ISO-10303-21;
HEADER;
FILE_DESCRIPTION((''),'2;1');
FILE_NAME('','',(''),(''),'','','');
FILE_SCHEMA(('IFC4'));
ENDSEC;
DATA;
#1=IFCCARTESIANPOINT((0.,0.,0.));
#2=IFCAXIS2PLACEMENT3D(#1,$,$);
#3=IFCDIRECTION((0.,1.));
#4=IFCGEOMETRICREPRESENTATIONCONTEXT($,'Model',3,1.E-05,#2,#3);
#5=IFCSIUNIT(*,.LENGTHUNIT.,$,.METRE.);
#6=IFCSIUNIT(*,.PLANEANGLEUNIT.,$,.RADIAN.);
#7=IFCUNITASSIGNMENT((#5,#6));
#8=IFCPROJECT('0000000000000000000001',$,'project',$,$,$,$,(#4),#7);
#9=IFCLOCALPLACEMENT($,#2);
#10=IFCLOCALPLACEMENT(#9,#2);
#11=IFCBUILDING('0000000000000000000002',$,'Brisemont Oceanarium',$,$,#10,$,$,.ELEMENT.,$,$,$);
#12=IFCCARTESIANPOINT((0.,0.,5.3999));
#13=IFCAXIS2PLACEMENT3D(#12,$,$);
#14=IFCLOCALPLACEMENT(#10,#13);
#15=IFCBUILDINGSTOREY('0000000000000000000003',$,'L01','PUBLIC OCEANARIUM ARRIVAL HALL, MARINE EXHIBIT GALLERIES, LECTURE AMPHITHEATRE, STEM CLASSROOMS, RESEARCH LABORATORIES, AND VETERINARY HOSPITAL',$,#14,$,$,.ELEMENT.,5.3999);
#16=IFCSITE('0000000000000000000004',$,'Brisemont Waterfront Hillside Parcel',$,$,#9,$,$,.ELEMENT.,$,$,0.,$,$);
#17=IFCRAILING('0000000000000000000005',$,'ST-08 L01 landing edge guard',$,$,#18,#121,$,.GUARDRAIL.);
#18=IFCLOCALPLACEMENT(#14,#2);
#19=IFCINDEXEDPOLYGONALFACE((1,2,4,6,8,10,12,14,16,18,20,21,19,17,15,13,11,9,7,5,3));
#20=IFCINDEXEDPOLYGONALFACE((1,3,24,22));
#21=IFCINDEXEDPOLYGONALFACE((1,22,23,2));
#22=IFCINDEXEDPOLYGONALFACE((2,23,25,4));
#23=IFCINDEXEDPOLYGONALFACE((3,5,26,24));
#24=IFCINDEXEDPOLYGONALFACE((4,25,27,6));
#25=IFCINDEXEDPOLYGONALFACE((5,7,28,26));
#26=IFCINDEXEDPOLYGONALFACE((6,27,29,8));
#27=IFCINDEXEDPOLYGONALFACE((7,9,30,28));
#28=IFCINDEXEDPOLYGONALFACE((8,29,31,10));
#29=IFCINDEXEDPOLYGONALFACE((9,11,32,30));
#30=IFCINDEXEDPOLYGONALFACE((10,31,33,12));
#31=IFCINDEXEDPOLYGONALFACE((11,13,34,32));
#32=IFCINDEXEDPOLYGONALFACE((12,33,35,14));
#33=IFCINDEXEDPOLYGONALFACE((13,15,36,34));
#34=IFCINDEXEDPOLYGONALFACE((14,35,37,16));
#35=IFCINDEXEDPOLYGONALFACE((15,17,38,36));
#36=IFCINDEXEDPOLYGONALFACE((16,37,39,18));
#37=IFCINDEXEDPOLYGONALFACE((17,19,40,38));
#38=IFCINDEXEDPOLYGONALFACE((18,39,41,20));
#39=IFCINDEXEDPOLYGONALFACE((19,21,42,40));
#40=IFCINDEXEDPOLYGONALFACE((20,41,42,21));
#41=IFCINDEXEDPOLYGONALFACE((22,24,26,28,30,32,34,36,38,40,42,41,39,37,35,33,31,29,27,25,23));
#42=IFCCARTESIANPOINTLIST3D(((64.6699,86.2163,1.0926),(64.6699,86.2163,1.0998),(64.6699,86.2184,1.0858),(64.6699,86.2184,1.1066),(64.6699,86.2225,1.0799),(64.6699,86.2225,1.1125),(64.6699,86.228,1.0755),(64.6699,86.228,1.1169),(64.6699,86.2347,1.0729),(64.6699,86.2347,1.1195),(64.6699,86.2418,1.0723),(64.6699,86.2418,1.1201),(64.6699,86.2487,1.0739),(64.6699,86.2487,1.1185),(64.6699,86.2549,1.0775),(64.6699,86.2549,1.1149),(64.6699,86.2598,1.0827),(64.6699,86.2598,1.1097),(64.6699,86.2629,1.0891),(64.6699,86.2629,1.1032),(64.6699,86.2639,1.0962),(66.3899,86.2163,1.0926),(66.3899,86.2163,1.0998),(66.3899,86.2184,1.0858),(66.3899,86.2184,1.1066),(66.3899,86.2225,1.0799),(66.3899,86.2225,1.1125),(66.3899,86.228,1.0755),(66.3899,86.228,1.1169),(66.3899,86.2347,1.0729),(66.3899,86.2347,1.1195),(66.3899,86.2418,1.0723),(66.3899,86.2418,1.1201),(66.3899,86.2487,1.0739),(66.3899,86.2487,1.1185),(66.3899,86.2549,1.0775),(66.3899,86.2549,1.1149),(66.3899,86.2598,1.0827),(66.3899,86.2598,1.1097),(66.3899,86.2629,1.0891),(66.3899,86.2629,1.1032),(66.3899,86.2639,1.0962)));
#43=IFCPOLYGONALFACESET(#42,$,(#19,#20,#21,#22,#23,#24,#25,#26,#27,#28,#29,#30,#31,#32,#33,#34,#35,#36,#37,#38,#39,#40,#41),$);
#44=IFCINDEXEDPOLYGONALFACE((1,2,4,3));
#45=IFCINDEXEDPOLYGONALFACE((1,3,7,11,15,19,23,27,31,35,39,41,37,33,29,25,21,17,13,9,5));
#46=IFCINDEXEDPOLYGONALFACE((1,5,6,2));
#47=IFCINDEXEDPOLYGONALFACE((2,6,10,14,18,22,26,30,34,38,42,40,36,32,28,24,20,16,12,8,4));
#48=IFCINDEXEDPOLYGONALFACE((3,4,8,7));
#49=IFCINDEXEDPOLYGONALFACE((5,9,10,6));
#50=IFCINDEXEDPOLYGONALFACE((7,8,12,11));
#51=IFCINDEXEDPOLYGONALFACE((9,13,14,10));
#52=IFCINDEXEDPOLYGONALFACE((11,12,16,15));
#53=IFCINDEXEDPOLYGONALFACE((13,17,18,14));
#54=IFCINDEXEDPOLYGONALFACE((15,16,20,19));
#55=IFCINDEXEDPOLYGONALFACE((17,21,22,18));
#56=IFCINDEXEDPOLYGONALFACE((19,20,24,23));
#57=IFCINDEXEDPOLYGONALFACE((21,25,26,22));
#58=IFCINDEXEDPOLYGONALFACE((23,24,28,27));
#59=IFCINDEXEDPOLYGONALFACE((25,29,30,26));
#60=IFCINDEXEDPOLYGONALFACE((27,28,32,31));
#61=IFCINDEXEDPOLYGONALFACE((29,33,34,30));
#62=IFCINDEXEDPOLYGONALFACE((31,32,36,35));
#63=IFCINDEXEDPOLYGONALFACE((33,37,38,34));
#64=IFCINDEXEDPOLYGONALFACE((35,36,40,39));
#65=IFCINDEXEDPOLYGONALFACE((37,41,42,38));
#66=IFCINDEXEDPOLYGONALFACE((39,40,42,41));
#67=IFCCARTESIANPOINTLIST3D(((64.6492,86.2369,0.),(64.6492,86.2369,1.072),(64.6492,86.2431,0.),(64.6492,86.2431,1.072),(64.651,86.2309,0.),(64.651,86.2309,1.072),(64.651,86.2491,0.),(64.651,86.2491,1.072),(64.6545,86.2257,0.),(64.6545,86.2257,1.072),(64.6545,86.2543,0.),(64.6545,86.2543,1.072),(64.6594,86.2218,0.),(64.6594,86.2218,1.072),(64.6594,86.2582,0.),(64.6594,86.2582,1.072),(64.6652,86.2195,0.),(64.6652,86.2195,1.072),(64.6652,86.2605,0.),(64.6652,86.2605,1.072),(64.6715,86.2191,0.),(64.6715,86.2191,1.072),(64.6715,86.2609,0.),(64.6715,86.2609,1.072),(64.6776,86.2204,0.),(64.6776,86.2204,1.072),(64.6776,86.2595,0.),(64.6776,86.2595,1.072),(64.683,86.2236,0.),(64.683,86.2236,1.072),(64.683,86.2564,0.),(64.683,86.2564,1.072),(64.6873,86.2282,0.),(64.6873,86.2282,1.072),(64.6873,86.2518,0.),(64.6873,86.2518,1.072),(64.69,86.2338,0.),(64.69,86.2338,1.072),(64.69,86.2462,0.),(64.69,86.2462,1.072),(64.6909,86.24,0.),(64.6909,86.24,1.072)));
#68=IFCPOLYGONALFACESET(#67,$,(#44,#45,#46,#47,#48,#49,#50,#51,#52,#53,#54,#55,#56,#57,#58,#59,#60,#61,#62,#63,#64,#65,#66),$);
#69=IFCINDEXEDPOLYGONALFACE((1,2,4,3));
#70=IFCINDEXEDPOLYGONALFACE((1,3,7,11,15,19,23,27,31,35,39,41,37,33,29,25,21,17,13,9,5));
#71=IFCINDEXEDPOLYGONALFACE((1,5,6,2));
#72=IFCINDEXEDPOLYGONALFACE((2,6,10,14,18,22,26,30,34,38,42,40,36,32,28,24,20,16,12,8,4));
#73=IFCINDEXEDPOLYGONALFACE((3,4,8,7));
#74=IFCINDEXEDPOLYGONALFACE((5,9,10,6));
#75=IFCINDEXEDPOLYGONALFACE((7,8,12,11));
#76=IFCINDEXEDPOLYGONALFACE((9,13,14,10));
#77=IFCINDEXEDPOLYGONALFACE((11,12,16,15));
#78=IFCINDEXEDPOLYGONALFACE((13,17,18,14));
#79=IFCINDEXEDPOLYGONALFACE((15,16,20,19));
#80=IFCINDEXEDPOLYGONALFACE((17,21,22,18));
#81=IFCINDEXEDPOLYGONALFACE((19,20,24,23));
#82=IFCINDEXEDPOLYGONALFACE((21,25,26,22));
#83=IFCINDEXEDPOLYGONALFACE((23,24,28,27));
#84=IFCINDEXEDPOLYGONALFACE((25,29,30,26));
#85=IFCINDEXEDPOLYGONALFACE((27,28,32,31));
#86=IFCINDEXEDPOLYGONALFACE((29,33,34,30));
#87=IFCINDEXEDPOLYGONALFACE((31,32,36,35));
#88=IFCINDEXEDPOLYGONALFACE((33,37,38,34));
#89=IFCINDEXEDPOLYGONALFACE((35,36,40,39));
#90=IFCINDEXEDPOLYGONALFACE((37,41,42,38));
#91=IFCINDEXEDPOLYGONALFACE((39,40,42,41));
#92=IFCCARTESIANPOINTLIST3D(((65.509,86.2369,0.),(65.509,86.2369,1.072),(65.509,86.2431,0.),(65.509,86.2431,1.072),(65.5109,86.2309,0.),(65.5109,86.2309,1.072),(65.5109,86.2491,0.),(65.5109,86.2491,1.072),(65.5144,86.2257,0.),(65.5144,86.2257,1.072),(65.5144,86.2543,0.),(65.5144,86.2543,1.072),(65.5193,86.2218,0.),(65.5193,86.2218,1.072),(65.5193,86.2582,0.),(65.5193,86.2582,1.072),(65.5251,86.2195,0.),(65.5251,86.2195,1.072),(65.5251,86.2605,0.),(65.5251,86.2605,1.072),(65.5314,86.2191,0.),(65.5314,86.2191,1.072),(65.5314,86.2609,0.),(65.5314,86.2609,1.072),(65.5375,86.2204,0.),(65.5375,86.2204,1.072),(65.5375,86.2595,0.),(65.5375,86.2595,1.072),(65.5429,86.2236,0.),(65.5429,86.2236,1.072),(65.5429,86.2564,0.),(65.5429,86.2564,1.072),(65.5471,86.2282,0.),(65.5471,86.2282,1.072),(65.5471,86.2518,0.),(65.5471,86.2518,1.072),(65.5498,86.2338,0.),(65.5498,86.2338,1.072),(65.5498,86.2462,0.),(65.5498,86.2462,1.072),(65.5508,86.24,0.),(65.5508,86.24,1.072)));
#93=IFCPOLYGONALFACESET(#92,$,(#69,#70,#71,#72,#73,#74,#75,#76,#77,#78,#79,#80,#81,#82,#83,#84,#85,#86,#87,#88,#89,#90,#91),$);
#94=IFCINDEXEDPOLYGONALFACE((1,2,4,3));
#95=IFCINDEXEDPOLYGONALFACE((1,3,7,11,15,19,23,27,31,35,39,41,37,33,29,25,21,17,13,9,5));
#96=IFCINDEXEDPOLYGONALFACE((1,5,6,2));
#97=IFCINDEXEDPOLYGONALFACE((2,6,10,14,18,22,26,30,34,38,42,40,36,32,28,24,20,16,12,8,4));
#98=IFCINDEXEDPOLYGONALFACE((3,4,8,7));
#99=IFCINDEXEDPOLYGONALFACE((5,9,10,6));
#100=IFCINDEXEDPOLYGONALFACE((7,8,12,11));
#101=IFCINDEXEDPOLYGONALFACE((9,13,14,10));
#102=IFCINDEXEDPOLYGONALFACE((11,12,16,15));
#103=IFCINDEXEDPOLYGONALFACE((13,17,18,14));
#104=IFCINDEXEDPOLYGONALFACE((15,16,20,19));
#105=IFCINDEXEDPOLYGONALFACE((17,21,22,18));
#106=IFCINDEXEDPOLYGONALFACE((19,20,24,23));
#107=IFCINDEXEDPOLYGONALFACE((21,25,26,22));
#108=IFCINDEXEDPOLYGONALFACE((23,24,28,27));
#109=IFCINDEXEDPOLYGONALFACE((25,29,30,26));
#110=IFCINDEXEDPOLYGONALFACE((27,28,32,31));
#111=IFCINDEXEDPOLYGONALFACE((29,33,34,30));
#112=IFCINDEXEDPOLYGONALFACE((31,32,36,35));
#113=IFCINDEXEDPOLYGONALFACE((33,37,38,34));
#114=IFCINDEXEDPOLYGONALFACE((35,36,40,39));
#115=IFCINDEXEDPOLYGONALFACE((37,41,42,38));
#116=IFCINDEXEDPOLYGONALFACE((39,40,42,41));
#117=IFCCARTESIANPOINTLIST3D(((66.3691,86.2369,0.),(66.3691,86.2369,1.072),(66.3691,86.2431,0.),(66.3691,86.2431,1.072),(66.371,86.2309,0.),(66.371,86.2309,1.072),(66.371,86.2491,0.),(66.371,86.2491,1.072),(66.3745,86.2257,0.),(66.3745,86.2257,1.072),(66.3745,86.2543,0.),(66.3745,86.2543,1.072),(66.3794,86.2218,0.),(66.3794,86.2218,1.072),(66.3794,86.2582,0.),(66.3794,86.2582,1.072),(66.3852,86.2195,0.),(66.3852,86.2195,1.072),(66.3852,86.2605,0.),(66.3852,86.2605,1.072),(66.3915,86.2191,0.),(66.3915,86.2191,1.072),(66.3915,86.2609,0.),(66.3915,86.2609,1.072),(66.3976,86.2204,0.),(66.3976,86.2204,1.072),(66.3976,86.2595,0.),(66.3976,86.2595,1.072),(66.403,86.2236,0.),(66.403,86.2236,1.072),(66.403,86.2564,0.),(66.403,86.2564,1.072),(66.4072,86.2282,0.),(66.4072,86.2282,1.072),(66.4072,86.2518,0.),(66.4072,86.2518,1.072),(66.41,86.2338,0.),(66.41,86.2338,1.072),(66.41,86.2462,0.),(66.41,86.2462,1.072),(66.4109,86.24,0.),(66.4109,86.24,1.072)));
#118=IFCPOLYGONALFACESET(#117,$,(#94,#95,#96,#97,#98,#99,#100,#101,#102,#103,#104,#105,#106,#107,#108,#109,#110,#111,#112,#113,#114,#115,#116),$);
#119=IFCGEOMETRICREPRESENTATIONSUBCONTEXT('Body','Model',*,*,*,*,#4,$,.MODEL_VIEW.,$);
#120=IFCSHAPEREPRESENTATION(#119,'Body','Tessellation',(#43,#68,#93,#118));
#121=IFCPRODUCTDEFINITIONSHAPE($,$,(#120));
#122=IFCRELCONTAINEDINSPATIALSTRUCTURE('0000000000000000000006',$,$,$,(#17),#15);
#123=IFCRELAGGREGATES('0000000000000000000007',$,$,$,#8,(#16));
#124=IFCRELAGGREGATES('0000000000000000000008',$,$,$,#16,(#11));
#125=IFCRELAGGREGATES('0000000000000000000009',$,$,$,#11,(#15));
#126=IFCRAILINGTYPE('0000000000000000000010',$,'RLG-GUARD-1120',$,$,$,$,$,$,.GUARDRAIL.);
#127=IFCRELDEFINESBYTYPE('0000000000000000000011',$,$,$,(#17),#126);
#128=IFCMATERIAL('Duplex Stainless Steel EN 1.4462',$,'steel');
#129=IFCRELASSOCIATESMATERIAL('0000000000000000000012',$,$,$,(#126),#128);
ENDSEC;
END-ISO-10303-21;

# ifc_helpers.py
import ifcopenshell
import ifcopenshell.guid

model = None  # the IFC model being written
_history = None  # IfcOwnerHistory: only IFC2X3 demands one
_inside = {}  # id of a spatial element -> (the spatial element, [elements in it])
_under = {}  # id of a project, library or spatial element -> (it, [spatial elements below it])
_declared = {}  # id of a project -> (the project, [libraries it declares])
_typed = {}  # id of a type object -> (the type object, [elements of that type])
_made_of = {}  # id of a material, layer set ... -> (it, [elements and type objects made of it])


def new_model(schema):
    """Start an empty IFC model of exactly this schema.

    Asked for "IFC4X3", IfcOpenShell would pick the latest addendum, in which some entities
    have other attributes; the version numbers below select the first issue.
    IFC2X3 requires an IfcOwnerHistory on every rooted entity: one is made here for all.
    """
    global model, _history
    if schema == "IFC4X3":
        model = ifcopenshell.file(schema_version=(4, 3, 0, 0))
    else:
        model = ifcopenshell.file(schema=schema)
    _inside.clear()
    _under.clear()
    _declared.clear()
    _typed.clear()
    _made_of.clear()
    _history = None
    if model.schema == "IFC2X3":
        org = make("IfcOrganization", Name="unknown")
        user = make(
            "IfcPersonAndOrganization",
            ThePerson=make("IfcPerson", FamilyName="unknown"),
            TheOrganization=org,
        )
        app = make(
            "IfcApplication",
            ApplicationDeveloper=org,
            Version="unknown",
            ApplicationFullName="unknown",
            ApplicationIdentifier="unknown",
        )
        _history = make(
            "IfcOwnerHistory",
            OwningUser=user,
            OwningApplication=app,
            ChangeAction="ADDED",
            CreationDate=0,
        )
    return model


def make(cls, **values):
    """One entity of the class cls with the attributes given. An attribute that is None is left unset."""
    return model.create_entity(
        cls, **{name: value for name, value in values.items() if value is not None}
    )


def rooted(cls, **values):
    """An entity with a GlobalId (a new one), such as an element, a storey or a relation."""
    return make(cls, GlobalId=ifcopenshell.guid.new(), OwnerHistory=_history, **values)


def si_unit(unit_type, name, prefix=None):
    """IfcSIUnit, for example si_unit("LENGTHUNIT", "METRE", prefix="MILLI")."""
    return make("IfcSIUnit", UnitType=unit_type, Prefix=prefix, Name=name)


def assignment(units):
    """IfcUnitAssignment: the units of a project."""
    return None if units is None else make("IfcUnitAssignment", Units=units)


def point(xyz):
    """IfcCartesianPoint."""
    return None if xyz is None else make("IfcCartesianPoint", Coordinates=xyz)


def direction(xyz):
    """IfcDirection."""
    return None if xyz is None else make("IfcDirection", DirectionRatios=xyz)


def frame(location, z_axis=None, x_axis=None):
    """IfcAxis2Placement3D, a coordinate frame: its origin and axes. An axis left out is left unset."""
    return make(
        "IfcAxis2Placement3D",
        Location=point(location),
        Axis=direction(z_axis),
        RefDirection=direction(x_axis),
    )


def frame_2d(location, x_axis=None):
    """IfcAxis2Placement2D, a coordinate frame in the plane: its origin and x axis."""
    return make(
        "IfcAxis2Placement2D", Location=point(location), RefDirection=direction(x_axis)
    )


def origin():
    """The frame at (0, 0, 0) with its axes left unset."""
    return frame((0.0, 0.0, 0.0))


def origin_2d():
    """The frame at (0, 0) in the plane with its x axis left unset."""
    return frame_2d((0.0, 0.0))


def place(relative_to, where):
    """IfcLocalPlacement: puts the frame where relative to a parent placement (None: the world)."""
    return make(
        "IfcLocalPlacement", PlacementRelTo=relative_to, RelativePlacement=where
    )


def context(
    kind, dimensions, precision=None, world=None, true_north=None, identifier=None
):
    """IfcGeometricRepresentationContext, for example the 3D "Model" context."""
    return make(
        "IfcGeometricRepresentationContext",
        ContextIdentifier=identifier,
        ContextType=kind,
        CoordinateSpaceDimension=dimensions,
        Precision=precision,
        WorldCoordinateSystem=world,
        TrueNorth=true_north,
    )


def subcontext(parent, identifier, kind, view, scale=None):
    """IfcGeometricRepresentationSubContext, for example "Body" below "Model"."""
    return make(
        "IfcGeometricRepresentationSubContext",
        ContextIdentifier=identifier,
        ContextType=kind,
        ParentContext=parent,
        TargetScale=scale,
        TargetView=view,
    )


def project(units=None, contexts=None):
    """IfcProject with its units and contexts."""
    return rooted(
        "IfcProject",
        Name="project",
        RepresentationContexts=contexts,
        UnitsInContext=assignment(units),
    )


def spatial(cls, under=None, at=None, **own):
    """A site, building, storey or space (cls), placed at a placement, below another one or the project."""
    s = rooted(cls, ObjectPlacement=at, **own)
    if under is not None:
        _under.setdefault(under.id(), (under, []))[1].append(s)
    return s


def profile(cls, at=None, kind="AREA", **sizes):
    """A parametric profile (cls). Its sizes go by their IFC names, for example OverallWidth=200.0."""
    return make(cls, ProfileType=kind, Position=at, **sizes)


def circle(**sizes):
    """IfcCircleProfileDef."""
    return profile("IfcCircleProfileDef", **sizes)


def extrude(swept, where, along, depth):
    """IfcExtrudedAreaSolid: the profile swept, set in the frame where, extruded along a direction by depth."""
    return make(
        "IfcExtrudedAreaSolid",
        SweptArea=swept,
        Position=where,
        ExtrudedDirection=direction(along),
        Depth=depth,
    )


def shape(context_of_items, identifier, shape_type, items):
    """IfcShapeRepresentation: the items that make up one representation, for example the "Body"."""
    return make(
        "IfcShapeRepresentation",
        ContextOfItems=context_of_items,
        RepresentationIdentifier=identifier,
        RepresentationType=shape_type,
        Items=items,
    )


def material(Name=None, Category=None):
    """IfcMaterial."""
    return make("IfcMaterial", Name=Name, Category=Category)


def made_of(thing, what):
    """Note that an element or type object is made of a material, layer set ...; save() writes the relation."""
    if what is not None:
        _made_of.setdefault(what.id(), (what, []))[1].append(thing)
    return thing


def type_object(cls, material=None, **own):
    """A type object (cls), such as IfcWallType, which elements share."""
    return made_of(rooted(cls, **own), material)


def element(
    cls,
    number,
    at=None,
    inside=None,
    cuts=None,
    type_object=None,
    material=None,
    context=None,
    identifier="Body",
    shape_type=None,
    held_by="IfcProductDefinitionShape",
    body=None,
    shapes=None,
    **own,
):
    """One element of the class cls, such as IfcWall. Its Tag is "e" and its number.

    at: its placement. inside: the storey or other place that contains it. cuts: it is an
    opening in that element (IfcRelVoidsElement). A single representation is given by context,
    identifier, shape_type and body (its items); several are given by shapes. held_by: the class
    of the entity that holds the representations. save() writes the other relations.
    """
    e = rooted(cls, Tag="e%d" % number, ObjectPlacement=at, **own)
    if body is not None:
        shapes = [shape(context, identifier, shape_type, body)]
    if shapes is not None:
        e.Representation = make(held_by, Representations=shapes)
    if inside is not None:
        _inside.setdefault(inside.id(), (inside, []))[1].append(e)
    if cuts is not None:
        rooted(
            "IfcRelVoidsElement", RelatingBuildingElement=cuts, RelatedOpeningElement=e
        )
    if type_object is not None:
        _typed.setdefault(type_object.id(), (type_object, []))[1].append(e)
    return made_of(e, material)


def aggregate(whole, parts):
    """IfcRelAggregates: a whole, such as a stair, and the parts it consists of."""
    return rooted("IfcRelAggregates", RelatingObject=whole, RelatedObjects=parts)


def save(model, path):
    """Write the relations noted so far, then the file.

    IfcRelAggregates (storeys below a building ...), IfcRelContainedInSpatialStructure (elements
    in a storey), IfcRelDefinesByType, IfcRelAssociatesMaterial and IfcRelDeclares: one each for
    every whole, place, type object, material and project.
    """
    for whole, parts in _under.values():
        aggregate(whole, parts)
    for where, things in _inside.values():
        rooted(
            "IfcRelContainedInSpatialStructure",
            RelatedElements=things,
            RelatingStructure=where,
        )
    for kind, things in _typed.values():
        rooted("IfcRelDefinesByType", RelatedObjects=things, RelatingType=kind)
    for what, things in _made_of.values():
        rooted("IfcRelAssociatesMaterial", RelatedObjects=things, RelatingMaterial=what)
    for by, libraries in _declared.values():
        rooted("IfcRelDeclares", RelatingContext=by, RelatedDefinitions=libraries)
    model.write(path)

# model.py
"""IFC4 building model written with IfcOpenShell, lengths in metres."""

from ifc_helpers import new_model, si_unit, direction, frame, origin, origin_2d, place, context, subcontext, project, spatial, circle, extrude, material, type_object, element, save


model = new_model("IFC4")

# Units and contexts
model_context = context("Model", 3, precision=1e-05, world=origin(), true_north=direction((0.0, 1.0)))
body_context = subcontext(model_context, "Body", "Model", "MODEL_VIEW")
ifc_project = project(units=[si_unit("LENGTHUNIT", "METRE"), si_unit("PLANEANGLEUNIT", "RADIAN")], contexts=[model_context])

# Site, building, storey
site_placement = place(None, origin())
site = spatial("IfcSite", under=ifc_project, at=site_placement, Name="Brisemont Waterfront Hillside Parcel", CompositionType="ELEMENT", RefElevation=0.0)
building_placement = place(site_placement, origin())
building = spatial("IfcBuilding", under=site, at=building_placement, Name="Brisemont Oceanarium", CompositionType="ELEMENT")
storey_placement = place(building_placement, frame((0.0, 0.0, 5.3999)))
storey = spatial("IfcBuildingStorey", under=building, at=storey_placement, Name="L01", Description="PUBLIC OCEANARIUM ARRIVAL HALL, MARINE EXHIBIT GALLERIES, LECTURE AMPHITHEATRE, STEM CLASSROOMS, RESEARCH LABORATORIES, AND VETERINARY HOSPITAL", CompositionType="ELEMENT", Elevation=5.3999)

# Railing
ifc_material_1 = material(Name="Duplex Stainless Steel EN 1.4462", Category="steel")
railing_type_1 = type_object("IfcRailingType", Name="RLG-GUARD-1120", PredefinedType="GUARDRAIL", material=ifc_material_1)
railing_1_placement = place(storey_placement, frame((64.6699, 86.24, 0.0)))
element("IfcRailing", 1, at=railing_1_placement, inside=storey, type_object=railing_type_1, Name="ST-08 L01 landing edge guard", PredefinedType="GUARDRAIL", context=body_context, shape_type="SweptSolid", body=[
    extrude(circle(Radius=0.0239, at=origin_2d()), frame((0.0, 0.0, 1.0962), z_axis=(1.0, 0.0, 0.0), x_axis=(0.0, 1.0, 0.0)), (0.0, 0.0, 1.0), 1.72),
    extrude(circle(Radius=0.021, at=origin_2d()), origin(), (0.0, 0.0, 1.0), 1.072),
    extrude(circle(Radius=0.021, at=origin_2d()), frame((0.8599, 0.0, 0.0)), (0.0, 0.0, 1.0), 1.072),
    extrude(circle(Radius=0.021, at=origin_2d()), frame((1.72, 0.0, 0.0)), (0.0, 0.0, 1.0), 1.072),
])

save(model, "model.ifc")
